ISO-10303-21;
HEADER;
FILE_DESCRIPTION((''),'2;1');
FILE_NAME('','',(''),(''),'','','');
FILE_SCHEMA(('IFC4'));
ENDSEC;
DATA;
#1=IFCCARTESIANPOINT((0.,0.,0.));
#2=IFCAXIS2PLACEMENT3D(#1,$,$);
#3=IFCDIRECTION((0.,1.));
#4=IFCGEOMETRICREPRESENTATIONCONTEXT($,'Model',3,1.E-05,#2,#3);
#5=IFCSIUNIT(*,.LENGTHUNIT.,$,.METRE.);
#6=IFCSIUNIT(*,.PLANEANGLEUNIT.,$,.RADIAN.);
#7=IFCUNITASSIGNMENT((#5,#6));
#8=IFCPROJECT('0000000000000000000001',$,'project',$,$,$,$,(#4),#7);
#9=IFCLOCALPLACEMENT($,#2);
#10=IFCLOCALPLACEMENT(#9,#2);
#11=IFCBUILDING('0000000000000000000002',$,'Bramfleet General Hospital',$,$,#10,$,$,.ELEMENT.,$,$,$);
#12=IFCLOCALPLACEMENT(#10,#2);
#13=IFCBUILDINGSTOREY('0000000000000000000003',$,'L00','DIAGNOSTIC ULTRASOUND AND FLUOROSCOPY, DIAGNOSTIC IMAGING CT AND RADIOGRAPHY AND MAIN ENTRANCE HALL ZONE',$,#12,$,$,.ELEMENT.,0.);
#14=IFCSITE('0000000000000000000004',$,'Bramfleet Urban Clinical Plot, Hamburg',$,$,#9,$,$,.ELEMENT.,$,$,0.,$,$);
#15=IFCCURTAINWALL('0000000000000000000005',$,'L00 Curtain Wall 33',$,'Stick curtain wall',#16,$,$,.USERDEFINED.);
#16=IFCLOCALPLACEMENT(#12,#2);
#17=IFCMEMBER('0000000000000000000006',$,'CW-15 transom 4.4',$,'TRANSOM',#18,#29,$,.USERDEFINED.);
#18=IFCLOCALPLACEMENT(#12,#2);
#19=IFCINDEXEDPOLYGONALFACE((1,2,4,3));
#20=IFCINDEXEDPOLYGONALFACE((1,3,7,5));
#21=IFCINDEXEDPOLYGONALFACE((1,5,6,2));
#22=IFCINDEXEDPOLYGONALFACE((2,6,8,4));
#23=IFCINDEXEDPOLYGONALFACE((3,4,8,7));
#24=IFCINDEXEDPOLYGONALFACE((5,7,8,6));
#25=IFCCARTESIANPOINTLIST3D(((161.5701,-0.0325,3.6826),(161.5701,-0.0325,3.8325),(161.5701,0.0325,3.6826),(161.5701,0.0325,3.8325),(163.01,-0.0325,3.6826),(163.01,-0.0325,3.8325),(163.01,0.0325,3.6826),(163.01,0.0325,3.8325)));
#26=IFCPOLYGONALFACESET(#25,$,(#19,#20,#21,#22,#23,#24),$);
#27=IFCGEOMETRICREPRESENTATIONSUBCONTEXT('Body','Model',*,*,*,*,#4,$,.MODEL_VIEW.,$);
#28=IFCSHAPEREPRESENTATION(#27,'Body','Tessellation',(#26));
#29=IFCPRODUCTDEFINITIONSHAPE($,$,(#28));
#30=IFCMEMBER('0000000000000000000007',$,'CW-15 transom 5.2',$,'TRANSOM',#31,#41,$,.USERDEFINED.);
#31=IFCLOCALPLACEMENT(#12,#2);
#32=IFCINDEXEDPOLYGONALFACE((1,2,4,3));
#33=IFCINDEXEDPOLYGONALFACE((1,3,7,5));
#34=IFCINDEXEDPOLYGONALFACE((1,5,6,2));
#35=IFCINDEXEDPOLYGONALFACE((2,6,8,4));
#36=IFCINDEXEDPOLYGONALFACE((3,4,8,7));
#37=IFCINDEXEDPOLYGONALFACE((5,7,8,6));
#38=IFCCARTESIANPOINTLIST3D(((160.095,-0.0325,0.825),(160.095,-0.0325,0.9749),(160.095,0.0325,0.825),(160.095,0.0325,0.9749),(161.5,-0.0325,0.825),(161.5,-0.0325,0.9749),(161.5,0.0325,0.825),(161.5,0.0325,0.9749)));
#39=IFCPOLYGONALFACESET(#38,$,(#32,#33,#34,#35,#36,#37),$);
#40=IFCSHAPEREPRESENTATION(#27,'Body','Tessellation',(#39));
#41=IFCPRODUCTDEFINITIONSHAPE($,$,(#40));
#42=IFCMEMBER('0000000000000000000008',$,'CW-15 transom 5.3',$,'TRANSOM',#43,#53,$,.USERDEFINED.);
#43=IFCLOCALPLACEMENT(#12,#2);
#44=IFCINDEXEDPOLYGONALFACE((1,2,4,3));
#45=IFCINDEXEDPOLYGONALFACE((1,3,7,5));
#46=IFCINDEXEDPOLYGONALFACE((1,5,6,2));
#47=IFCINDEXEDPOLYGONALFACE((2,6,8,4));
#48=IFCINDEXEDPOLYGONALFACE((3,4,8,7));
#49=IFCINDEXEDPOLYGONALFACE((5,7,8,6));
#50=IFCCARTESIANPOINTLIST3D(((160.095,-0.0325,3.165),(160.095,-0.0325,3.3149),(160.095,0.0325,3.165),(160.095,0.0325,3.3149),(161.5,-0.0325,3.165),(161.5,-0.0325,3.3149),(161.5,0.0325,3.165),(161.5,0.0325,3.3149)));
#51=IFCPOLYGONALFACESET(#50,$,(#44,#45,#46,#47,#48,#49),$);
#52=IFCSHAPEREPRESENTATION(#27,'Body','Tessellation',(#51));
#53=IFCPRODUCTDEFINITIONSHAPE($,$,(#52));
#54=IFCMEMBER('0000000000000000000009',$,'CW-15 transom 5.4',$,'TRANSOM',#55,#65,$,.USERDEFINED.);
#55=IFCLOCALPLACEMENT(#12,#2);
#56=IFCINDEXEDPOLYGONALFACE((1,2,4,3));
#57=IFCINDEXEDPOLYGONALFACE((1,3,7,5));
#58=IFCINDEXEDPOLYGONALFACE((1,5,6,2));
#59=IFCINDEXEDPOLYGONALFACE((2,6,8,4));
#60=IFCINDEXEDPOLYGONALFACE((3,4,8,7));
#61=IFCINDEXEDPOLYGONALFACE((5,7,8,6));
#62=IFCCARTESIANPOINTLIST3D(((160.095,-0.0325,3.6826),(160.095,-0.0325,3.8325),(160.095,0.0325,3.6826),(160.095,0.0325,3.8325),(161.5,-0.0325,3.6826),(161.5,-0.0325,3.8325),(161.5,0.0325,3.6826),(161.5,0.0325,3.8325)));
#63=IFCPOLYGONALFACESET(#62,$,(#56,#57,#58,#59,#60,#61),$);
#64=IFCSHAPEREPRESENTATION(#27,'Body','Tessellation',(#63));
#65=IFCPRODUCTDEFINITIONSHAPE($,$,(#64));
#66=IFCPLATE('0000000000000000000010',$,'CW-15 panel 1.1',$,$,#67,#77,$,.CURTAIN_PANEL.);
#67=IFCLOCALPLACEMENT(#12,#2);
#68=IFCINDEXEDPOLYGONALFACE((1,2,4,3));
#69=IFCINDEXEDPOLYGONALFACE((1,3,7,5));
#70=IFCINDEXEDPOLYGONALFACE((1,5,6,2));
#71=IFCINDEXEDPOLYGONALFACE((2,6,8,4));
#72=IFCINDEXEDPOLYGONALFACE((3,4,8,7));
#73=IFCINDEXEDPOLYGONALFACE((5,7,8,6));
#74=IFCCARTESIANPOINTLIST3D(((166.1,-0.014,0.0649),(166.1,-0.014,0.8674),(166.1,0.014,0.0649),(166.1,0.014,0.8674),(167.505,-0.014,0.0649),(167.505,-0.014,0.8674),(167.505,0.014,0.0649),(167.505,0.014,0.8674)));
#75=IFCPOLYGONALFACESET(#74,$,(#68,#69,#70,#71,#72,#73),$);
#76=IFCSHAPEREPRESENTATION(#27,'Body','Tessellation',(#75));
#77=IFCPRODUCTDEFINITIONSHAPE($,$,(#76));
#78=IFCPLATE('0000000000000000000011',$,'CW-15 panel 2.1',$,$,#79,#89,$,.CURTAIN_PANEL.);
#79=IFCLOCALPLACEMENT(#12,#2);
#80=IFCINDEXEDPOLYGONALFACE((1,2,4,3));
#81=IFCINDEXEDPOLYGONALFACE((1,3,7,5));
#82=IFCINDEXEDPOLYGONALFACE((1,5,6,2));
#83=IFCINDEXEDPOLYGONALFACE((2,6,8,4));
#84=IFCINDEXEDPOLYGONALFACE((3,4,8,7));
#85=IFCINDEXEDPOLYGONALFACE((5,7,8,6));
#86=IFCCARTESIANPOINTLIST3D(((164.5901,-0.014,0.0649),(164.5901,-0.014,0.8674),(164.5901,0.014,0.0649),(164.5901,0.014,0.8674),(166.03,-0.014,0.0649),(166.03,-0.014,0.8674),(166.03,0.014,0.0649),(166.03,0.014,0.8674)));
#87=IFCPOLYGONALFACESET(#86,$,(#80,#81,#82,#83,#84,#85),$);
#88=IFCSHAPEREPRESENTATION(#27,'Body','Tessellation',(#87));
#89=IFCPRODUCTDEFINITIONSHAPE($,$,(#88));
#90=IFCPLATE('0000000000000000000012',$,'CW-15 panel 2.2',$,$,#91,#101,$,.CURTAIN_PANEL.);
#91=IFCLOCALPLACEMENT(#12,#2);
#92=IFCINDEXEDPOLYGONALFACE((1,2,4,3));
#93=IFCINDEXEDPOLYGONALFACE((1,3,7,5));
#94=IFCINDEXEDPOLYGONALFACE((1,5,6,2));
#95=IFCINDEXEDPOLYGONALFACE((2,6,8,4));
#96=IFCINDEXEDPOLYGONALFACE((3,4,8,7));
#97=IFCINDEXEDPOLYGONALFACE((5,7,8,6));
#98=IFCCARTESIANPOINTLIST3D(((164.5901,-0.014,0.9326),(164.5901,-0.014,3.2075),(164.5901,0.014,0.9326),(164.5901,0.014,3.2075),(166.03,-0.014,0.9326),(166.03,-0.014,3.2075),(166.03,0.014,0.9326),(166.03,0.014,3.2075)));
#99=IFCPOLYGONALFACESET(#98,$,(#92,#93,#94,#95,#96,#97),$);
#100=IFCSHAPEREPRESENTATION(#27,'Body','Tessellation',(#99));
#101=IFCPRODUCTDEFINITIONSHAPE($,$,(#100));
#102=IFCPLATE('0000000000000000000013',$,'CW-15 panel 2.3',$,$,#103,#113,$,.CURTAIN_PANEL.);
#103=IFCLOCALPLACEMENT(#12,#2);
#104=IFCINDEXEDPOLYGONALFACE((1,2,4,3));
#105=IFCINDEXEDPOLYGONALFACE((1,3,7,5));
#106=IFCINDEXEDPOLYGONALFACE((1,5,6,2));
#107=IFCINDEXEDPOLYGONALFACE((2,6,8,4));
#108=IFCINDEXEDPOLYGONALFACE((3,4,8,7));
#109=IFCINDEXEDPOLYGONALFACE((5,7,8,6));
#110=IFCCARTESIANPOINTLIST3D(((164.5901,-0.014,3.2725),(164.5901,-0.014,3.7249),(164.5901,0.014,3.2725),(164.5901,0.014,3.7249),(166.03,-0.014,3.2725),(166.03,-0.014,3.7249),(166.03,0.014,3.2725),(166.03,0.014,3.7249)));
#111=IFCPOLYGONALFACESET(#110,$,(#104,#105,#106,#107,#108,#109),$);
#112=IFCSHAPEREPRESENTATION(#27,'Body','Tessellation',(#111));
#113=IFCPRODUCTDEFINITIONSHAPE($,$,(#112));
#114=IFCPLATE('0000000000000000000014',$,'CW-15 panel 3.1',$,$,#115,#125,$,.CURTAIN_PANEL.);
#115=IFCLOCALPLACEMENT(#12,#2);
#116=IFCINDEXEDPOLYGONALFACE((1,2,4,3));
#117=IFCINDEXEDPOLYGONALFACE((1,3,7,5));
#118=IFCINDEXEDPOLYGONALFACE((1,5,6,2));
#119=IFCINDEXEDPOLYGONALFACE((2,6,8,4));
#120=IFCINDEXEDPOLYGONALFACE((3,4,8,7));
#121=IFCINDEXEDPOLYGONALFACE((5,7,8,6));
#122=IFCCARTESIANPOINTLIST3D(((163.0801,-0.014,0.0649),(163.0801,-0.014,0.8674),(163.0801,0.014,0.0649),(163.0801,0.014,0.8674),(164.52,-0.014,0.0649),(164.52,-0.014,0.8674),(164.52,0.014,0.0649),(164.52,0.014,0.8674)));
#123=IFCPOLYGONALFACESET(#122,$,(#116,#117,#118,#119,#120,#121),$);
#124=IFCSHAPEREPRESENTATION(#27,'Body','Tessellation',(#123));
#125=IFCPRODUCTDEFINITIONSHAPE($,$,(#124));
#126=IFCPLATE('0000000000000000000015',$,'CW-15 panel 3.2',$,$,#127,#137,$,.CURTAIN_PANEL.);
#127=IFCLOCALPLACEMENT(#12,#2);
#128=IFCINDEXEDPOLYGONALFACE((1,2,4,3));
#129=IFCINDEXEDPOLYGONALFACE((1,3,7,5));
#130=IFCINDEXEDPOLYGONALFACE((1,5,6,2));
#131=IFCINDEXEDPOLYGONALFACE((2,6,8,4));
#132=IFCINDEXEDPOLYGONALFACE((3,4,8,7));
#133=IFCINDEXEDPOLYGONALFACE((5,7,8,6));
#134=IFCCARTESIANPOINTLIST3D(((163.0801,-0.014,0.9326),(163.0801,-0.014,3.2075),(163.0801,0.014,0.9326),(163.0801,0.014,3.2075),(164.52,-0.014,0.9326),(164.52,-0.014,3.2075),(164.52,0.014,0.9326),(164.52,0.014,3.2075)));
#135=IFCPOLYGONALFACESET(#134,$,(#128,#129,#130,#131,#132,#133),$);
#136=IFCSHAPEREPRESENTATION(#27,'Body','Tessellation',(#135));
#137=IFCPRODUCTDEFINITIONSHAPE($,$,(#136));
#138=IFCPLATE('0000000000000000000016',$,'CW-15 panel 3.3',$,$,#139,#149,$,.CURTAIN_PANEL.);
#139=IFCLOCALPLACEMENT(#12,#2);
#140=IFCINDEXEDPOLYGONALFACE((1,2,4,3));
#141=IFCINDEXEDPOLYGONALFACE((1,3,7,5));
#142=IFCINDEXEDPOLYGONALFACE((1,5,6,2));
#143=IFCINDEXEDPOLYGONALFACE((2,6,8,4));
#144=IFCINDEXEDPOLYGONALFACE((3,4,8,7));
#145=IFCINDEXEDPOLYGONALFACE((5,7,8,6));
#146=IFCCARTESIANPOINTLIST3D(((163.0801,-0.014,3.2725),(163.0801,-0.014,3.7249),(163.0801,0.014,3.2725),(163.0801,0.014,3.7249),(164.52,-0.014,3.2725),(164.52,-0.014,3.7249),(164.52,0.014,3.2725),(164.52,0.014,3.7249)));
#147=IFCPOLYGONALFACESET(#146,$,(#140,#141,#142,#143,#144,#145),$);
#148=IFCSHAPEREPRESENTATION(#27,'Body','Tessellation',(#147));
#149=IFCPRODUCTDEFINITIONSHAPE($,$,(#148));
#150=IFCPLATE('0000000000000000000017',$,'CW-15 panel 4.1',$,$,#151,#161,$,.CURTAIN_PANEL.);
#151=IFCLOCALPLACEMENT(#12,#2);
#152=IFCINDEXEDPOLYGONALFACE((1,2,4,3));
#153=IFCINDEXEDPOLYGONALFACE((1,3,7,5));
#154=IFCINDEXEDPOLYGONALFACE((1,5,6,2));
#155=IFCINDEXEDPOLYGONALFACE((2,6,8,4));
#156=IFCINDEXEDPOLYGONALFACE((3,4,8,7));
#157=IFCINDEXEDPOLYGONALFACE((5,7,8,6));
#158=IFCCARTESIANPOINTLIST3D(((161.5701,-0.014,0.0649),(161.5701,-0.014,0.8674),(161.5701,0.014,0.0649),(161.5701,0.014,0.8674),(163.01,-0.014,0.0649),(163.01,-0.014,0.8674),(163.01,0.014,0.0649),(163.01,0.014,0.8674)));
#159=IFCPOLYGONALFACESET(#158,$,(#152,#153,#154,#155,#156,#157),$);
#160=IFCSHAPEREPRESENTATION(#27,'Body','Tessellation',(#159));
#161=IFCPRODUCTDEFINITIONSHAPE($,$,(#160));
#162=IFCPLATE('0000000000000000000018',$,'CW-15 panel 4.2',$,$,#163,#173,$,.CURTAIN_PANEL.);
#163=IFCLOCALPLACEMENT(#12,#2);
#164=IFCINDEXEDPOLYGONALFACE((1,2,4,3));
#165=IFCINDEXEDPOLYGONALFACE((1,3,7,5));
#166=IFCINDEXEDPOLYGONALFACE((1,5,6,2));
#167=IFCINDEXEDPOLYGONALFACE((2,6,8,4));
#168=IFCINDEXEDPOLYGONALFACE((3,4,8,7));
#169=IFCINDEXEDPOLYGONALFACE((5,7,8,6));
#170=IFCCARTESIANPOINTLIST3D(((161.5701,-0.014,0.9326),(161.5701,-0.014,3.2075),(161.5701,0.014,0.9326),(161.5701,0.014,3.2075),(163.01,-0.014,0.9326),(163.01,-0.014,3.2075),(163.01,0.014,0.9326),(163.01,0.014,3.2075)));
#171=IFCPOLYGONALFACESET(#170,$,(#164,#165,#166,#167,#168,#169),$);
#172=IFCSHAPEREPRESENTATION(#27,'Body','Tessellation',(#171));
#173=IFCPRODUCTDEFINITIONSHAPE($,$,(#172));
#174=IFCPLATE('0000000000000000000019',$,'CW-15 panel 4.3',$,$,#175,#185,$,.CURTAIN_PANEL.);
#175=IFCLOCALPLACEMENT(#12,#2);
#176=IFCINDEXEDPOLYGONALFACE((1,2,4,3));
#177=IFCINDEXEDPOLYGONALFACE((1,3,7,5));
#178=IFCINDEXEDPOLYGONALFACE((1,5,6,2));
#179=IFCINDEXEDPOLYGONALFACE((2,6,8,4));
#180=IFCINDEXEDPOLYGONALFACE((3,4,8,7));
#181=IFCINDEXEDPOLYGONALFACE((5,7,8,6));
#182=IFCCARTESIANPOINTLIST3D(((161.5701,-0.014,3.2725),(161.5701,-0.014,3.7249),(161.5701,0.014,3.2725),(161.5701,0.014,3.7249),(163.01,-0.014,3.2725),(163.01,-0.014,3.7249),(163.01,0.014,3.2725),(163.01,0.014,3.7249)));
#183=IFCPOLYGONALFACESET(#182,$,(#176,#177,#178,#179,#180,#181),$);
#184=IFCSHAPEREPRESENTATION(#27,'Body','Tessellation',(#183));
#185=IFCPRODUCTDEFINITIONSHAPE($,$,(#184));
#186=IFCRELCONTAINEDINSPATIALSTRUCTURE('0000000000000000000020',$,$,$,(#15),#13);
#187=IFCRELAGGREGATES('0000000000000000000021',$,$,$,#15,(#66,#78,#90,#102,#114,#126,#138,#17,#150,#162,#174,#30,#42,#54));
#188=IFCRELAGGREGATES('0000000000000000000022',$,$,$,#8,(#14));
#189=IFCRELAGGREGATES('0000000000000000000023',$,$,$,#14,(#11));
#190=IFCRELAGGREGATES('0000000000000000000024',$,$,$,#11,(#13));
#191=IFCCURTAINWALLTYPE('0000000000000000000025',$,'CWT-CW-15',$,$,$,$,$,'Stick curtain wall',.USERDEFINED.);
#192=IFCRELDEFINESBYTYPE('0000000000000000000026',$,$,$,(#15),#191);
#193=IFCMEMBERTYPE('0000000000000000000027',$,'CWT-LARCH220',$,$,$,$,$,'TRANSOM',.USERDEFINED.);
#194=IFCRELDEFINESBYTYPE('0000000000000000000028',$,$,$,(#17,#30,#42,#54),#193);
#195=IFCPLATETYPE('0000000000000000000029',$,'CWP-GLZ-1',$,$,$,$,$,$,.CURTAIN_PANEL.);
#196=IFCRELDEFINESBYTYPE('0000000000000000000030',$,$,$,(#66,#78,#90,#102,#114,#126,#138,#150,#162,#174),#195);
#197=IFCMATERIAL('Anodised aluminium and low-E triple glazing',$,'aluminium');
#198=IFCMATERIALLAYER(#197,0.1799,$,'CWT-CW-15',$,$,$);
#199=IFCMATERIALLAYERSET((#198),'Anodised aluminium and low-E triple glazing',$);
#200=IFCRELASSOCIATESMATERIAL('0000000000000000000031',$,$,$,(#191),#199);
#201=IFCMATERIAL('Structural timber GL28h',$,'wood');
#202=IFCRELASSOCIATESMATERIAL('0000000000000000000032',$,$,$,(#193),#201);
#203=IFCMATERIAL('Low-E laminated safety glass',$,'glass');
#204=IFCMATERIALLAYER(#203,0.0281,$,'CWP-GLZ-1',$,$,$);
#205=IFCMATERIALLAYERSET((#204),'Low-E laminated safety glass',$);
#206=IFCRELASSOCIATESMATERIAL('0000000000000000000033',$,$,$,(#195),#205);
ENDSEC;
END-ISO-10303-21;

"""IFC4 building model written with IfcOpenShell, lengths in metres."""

from ifc_helpers import new_model, si_unit, direction, frame, origin, origin_2d, place, context, subcontext, project, spatial, rectangle, extrude, material, layer, layer_set, material_profile, profile_set, type_object, element, aggregate, save


model = new_model("IFC4")

# Units and contexts
model_context = context("Model", 3, precision=1e-05, world=origin(), true_north=direction((0.0, 1.0)))
body_context = subcontext(model_context, "Body", "Model", "MODEL_VIEW")
ifc_project = project(units=[si_unit("LENGTHUNIT", "METRE"), si_unit("PLANEANGLEUNIT", "RADIAN")], contexts=[model_context])

# Site, building, storey
site_placement = place(None, origin())
site = spatial("IfcSite", under=ifc_project, at=site_placement, Name="Bramfleet Urban Clinical Plot, Hamburg", CompositionType="ELEMENT", RefElevation=0.0)
building_placement = place(site_placement, origin())
building = spatial("IfcBuilding", under=site, at=building_placement, Name="Bramfleet General Hospital", CompositionType="ELEMENT")
storey_placement = place(building_placement, origin())
storey = spatial("IfcBuildingStorey", under=building, at=storey_placement, Name="L00", Description="DIAGNOSTIC ULTRASOUND AND FLUOROSCOPY, DIAGNOSTIC IMAGING CT AND RADIOGRAPHY AND MAIN ENTRANCE HALL ZONE", CompositionType="ELEMENT", Elevation=0.0)

# Curtain wall, members, plates
ifc_material_1 = material(Name="Anodised aluminium and low-E triple glazing", Category="aluminium")
ifc_layer_1 = layer(ifc_material_1, 0.1799, Name="CWT-CW-15")
ifc_layer_set_1 = layer_set([ifc_layer_1], Name="Anodised aluminium and low-E triple glazing")
curtain_wall_type = type_object("IfcCurtainWallType", Name="CWT-CW-15", ElementType="Stick curtain wall", PredefinedType="USERDEFINED", material=ifc_layer_set_1)
curtain_wall_placement = place(storey_placement, origin())
curtain_wall = element("IfcCurtainWall", 1, at=curtain_wall_placement, inside=storey, type_object=curtain_wall_type, Name="L00 Curtain Wall 33", ObjectType="Stick curtain wall", PredefinedType="USERDEFINED")
ifc_material_2 = material(Name="Structural timber GL28h", Category="wood")
ifc_material_profile_1 = material_profile(ifc_material_2, rectangle(XDim=0.0649, YDim=0.1499, at=origin_2d()), Name="LARCH 150x65")
ifc_profile_set_1 = profile_set([ifc_material_profile_1], Name="Structural timber GL28h")
member_type_1 = type_object("IfcMemberType", Name="CWT-LARCH220", ElementType="TRANSOM", PredefinedType="USERDEFINED", material=ifc_profile_set_1)
member_1_placement = place(storey_placement, frame((163.01, 0.0, 3.7576), z_axis=(-1.0, 0.0, 0.0), x_axis=(0.0, -1.0, 0.0)))
member_1 = element("IfcMember", 2, at=member_1_placement, type_object=member_type_1, Name="CW-15 transom 4.4", ObjectType="TRANSOM", PredefinedType="USERDEFINED", context=body_context, shape_type="SweptSolid", body=[
    extrude(rectangle(XDim=0.0649, YDim=0.1499, at=origin_2d()), origin(), (0.0, 0.0, 1.0), 1.4399),
])
member_2_placement = place(storey_placement, frame((161.5, 0.0, 0.8999), z_axis=(-1.0, 0.0, 0.0), x_axis=(0.0, -1.0, 0.0)))
member_2 = element("IfcMember", 3, at=member_2_placement, type_object=member_type_1, Name="CW-15 transom 5.2", ObjectType="TRANSOM", PredefinedType="USERDEFINED", context=body_context, shape_type="SweptSolid", body=[
    extrude(rectangle(XDim=0.0649, YDim=0.1499, at=origin_2d()), origin(), (0.0, 0.0, 1.0), 1.405),
])
member_3_placement = place(storey_placement, frame((161.5, 0.0, 3.24), z_axis=(-1.0, 0.0, 0.0), x_axis=(0.0, -1.0, 0.0)))
member_3 = element("IfcMember", 4, at=member_3_placement, type_object=member_type_1, Name="CW-15 transom 5.3", ObjectType="TRANSOM", PredefinedType="USERDEFINED", context=body_context, shape_type="SweptSolid", body=[
    extrude(rectangle(XDim=0.0649, YDim=0.1499, at=origin_2d()), origin(), (0.0, 0.0, 1.0), 1.405),
])
member_4_placement = place(storey_placement, frame((161.5, 0.0, 3.7576), z_axis=(-1.0, 0.0, 0.0), x_axis=(0.0, -1.0, 0.0)))
member_4 = element("IfcMember", 5, at=member_4_placement, type_object=member_type_1, Name="CW-15 transom 5.4", ObjectType="TRANSOM", PredefinedType="USERDEFINED", context=body_context, shape_type="SweptSolid", body=[
    extrude(rectangle(XDim=0.0649, YDim=0.1499, at=origin_2d()), origin(), (0.0, 0.0, 1.0), 1.405),
])
ifc_material_3 = material(Name="Low-E laminated safety glass", Category="glass")
ifc_layer_2 = layer(ifc_material_3, 0.0281, Name="CWP-GLZ-1")
ifc_layer_set_2 = layer_set([ifc_layer_2], Name="Low-E laminated safety glass")
plate_type = type_object("IfcPlateType", Name="CWP-GLZ-1", PredefinedType="CURTAIN_PANEL", material=ifc_layer_set_2)
plate_1_placement = place(storey_placement, frame((166.8025, 0.0, 0.0649), z_axis=(0.0, 0.0, 1.0), x_axis=(-1.0, 0.0, 0.0)))
plate_1 = element("IfcPlate", 6, at=plate_1_placement, type_object=plate_type, Name="CW-15 panel 1.1", PredefinedType="CURTAIN_PANEL", context=body_context, shape_type="SweptSolid", body=[
    extrude(rectangle(XDim=1.405, YDim=0.0281, at=origin_2d()), origin(), (0.0, 0.0, 1.0), 0.8025),
])
plate_2_placement = place(storey_placement, frame((165.3101, 0.0, 0.0649), z_axis=(0.0, 0.0, 1.0), x_axis=(-1.0, 0.0, 0.0)))
plate_2 = element("IfcPlate", 7, at=plate_2_placement, type_object=plate_type, Name="CW-15 panel 2.1", PredefinedType="CURTAIN_PANEL", context=body_context, shape_type="SweptSolid", body=[
    extrude(rectangle(XDim=1.4399, YDim=0.0281, at=origin_2d()), origin(), (0.0, 0.0, 1.0), 0.8025),
])
plate_3_placement = place(storey_placement, frame((165.3101, 0.0, 0.9326), z_axis=(0.0, 0.0, 1.0), x_axis=(-1.0, 0.0, 0.0)))
plate_3 = element("IfcPlate", 8, at=plate_3_placement, type_object=plate_type, Name="CW-15 panel 2.2", PredefinedType="CURTAIN_PANEL", context=body_context, shape_type="SweptSolid", body=[
    extrude(rectangle(XDim=1.4399, YDim=0.0281, at=origin_2d()), origin(), (0.0, 0.0, 1.0), 2.2749),
])
plate_4_placement = place(storey_placement, frame((165.3101, 0.0, 3.2725), z_axis=(0.0, 0.0, 1.0), x_axis=(-1.0, 0.0, 0.0)))
plate_4 = element("IfcPlate", 9, at=plate_4_placement, type_object=plate_type, Name="CW-15 panel 2.3", PredefinedType="CURTAIN_PANEL", context=body_context, shape_type="SweptSolid", body=[
    extrude(rectangle(XDim=1.4399, YDim=0.0281, at=origin_2d()), origin(), (0.0, 0.0, 1.0), 0.4524),
])
plate_5_placement = place(storey_placement, frame((163.8, 0.0, 0.0649), z_axis=(0.0, 0.0, 1.0), x_axis=(-1.0, 0.0, 0.0)))
plate_5 = element("IfcPlate", 10, at=plate_5_placement, type_object=plate_type, Name="CW-15 panel 3.1", PredefinedType="CURTAIN_PANEL", context=body_context, shape_type="SweptSolid", body=[
    extrude(rectangle(XDim=1.4399, YDim=0.0281, at=origin_2d()), origin(), (0.0, 0.0, 1.0), 0.8025),
])
plate_6_placement = place(storey_placement, frame((163.8, 0.0, 0.9326), z_axis=(0.0, 0.0, 1.0), x_axis=(-1.0, 0.0, 0.0)))
plate_6 = element("IfcPlate", 11, at=plate_6_placement, type_object=plate_type, Name="CW-15 panel 3.2", PredefinedType="CURTAIN_PANEL", context=body_context, shape_type="SweptSolid", body=[
    extrude(rectangle(XDim=1.4399, YDim=0.0281, at=origin_2d()), origin(), (0.0, 0.0, 1.0), 2.2749),
])
plate_7_placement = place(storey_placement, frame((163.8, 0.0, 3.2725), z_axis=(0.0, 0.0, 1.0), x_axis=(-1.0, 0.0, 0.0)))
plate_7 = element("IfcPlate", 12, at=plate_7_placement, type_object=plate_type, Name="CW-15 panel 3.3", PredefinedType="CURTAIN_PANEL", context=body_context, shape_type="SweptSolid", body=[
    extrude(rectangle(XDim=1.4399, YDim=0.0281, at=origin_2d()), origin(), (0.0, 0.0, 1.0), 0.4524),
])
plate_8_placement = place(storey_placement, frame((162.29, 0.0, 0.0649), z_axis=(0.0, 0.0, 1.0), x_axis=(-1.0, 0.0, 0.0)))
plate_8 = element("IfcPlate", 13, at=plate_8_placement, type_object=plate_type, Name="CW-15 panel 4.1", PredefinedType="CURTAIN_PANEL", context=body_context, shape_type="SweptSolid", body=[
    extrude(rectangle(XDim=1.4399, YDim=0.0281, at=origin_2d()), origin(), (0.0, 0.0, 1.0), 0.8025),
])
plate_9_placement = place(storey_placement, frame((162.29, 0.0, 0.9326), z_axis=(0.0, 0.0, 1.0), x_axis=(-1.0, 0.0, 0.0)))
plate_9 = element("IfcPlate", 14, at=plate_9_placement, type_object=plate_type, Name="CW-15 panel 4.2", PredefinedType="CURTAIN_PANEL", context=body_context, shape_type="SweptSolid", body=[
    extrude(rectangle(XDim=1.4399, YDim=0.0281, at=origin_2d()), origin(), (0.0, 0.0, 1.0), 2.2749),
])
plate_10_placement = place(storey_placement, frame((162.29, 0.0, 3.2725), z_axis=(0.0, 0.0, 1.0), x_axis=(-1.0, 0.0, 0.0)))
plate_10 = element("IfcPlate", 15, at=plate_10_placement, type_object=plate_type, Name="CW-15 panel 4.3", PredefinedType="CURTAIN_PANEL", context=body_context, shape_type="SweptSolid", body=[
    extrude(rectangle(XDim=1.4399, YDim=0.0281, at=origin_2d()), origin(), (0.0, 0.0, 1.0), 0.4524),
])
aggregate(curtain_wall, [plate_1, plate_2, plate_3, plate_4, plate_5, plate_6, plate_7, member_1, plate_8, plate_9, plate_10, member_2, member_3, member_4])

save(model, "model.ifc")
